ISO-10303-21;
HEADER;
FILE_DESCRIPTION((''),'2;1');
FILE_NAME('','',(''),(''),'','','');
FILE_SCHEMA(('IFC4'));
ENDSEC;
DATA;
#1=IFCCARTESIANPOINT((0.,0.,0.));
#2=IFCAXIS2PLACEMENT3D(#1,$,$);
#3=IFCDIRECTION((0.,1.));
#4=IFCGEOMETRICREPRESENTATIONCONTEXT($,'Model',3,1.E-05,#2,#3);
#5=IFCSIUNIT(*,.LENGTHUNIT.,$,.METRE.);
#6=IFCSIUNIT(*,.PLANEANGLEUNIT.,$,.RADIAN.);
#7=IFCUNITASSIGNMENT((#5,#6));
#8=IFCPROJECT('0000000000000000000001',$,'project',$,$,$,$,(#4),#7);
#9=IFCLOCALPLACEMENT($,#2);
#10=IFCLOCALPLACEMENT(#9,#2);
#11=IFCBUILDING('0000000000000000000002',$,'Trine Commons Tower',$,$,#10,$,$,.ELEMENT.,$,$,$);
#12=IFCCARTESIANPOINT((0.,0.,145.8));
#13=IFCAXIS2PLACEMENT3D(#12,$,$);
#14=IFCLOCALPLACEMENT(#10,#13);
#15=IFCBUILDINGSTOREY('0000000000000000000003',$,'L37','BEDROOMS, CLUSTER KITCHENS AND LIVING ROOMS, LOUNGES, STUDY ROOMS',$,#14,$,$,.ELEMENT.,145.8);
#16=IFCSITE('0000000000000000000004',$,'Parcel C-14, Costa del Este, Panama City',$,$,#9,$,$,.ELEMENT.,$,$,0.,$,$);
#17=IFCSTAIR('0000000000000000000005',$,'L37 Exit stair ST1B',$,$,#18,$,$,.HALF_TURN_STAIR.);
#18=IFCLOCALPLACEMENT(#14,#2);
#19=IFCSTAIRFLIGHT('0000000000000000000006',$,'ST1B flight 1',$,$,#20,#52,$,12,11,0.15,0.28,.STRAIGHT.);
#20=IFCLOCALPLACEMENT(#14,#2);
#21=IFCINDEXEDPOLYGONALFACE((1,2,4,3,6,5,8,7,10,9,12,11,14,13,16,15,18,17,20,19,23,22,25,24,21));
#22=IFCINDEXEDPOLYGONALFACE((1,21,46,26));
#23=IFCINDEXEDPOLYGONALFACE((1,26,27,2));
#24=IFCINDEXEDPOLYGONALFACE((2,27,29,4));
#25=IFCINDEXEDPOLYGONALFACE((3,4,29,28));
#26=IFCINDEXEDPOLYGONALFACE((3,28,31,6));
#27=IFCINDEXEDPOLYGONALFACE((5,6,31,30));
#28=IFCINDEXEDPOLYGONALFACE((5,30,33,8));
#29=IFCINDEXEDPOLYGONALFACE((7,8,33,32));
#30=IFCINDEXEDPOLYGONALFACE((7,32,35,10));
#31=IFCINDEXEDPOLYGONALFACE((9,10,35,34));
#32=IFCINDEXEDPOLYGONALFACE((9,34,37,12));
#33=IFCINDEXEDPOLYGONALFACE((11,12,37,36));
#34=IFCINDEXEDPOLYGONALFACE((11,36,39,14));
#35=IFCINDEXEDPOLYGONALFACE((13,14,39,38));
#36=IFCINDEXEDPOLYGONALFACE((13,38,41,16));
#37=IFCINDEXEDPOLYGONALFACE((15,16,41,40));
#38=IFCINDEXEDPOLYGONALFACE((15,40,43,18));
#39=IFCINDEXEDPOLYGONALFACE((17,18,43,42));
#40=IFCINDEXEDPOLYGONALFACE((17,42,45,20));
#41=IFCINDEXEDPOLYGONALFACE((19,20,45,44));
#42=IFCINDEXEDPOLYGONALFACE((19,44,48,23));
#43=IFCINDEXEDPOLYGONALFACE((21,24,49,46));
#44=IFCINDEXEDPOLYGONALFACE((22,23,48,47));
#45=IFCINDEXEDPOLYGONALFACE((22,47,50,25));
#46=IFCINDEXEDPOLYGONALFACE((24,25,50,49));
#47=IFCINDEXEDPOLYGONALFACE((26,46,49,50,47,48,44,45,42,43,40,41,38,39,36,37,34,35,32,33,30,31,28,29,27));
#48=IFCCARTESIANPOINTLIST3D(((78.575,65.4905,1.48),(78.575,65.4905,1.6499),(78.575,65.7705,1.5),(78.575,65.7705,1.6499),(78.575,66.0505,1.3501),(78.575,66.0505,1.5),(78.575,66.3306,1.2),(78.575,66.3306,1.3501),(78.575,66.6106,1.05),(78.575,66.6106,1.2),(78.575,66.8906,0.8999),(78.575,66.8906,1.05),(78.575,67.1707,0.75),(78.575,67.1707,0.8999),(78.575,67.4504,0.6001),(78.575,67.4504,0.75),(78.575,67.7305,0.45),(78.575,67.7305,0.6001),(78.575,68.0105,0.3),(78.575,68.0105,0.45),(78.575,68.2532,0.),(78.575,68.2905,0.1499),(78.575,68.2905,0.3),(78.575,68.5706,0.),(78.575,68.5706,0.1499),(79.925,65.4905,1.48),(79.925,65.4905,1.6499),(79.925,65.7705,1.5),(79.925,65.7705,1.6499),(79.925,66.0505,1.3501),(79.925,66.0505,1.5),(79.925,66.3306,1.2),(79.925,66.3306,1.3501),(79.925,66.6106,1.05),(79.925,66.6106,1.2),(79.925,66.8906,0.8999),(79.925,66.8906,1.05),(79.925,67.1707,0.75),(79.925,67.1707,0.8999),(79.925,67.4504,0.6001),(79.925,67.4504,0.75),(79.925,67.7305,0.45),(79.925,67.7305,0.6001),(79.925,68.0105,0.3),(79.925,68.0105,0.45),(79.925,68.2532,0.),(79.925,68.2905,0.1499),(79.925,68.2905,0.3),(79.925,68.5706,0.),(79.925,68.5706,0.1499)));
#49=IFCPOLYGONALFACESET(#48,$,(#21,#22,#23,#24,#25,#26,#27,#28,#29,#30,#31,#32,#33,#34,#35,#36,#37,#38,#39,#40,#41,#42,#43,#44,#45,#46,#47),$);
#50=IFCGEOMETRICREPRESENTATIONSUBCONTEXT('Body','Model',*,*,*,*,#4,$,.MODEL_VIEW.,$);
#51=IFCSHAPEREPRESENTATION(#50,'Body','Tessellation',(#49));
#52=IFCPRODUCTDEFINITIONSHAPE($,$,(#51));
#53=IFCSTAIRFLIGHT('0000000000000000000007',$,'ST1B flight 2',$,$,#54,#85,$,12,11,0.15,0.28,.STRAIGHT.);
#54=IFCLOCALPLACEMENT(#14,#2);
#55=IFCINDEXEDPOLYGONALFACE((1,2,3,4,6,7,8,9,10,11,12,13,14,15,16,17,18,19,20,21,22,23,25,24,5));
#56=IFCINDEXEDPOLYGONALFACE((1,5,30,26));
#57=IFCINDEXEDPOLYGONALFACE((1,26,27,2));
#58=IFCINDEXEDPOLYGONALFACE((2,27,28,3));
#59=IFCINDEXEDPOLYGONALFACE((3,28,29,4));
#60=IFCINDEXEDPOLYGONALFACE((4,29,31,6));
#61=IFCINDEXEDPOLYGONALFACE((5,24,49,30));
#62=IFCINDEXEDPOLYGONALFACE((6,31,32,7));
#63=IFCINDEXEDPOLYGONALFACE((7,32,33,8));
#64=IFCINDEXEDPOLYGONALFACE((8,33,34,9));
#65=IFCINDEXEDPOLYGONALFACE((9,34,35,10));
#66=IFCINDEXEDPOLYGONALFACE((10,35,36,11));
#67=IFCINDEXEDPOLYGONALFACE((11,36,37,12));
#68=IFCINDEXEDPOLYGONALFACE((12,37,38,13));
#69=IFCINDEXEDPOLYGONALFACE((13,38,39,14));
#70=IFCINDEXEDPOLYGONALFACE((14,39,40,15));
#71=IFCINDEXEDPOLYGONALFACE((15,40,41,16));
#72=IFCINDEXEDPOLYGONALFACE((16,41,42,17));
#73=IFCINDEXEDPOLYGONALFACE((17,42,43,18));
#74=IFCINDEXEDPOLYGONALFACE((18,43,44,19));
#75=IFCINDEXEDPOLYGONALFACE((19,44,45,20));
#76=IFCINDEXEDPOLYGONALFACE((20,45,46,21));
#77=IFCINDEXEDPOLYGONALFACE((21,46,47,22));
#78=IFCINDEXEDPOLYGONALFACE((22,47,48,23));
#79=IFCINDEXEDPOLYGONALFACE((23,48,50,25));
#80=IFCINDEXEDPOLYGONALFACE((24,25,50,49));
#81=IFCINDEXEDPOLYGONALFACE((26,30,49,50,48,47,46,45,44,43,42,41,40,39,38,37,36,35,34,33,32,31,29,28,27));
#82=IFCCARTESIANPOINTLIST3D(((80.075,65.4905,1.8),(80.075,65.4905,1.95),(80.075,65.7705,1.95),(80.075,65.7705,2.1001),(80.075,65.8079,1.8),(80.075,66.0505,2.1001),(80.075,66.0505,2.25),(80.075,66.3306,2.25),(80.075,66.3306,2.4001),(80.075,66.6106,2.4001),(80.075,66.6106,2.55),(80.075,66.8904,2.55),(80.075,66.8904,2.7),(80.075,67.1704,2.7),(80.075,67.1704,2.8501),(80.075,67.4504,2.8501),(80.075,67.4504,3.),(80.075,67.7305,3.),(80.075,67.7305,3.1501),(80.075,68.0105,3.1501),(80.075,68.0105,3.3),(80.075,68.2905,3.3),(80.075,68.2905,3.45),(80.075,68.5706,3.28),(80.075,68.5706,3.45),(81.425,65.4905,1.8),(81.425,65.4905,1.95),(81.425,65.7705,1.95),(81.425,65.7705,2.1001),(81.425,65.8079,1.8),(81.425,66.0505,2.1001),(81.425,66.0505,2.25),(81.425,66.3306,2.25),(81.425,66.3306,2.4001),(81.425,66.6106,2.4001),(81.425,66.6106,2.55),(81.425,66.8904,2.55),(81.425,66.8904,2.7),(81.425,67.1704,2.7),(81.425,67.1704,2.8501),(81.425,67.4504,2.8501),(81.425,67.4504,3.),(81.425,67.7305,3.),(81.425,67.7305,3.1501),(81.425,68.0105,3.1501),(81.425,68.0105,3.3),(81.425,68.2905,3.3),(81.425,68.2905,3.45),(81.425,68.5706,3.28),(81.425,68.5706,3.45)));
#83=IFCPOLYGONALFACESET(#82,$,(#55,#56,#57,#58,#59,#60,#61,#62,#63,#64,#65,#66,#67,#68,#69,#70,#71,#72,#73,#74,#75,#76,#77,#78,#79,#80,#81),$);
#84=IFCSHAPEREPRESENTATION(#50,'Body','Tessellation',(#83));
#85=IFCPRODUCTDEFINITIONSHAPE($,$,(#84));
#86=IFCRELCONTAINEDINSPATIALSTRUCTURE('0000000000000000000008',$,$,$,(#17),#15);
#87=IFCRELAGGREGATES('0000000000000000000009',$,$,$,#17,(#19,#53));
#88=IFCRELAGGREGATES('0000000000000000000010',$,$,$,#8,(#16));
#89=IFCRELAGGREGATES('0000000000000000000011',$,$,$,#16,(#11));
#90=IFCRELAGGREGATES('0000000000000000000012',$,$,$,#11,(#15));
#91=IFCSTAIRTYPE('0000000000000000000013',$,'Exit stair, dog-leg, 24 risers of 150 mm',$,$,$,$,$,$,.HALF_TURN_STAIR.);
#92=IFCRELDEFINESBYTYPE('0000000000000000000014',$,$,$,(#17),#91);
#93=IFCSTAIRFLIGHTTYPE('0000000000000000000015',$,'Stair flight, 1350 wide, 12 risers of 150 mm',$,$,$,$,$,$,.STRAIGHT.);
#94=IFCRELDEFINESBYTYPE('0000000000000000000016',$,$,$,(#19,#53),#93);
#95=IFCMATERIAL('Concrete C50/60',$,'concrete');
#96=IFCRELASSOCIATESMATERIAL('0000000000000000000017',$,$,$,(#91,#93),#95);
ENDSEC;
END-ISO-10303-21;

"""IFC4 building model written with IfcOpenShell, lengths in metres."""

from ifc_helpers import new_model, si_unit, direction, frame, origin, place, context, subcontext, project, spatial, polyline, outline, extrude, material, type_object, element, aggregate, save


model = new_model("IFC4")

# Units and contexts
model_context = context("Model", 3, precision=1e-05, world=origin(), true_north=direction((0.0, 1.0)))
body_context = subcontext(model_context, "Body", "Model", "MODEL_VIEW")
ifc_project = project(units=[si_unit("LENGTHUNIT", "METRE"), si_unit("PLANEANGLEUNIT", "RADIAN")], contexts=[model_context])

# Site, building, storey
site_placement = place(None, origin())
site = spatial("IfcSite", under=ifc_project, at=site_placement, Name="Parcel C-14, Costa del Este, Panama City", CompositionType="ELEMENT", RefElevation=0.0)
building_placement = place(site_placement, origin())
building = spatial("IfcBuilding", under=site, at=building_placement, Name="Trine Commons Tower", CompositionType="ELEMENT")
storey_placement = place(building_placement, frame((0.0, 0.0, 145.8)))
storey = spatial("IfcBuildingStorey", under=building, at=storey_placement, Name="L37", Description="BEDROOMS, CLUSTER KITCHENS AND LIVING ROOMS, LOUNGES, STUDY ROOMS", CompositionType="ELEMENT", Elevation=145.8)

# Stair, stair flights
ifc_material_1 = material(Name="Concrete C50/60", Category="concrete")
stair_type = type_object("IfcStairType", Name="Exit stair, dog-leg, 24 risers of 150 mm", PredefinedType="HALF_TURN_STAIR", material=ifc_material_1)
stair_placement = place(storey_placement, origin())
stair = element("IfcStair", 1, at=stair_placement, inside=storey, type_object=stair_type, Name="L37 Exit stair ST1B", PredefinedType="HALF_TURN_STAIR")
stair_flight_type = type_object("IfcStairFlightType", Name="Stair flight, 1350 wide, 12 risers of 150 mm", PredefinedType="STRAIGHT", material=ifc_material_1)
stair_flight_1_placement = place(storey_placement, frame((79.25, 68.5706, 0.0), z_axis=(0.0, 0.0, 1.0), x_axis=(0.0, -1.0, 0.0)))
stair_flight_1 = element("IfcStairFlight", 2, at=stair_flight_1_placement, type_object=stair_flight_type, Name="ST1B flight 1", NumberOfRisers=12, NumberOfTreads=11, PredefinedType="STRAIGHT", RiserHeight=0.15, TreadLength=0.28, context=body_context, shape_type="SweptSolid", body=[
    extrude(outline(polyline([(0.0, 0.0), (0.0, 0.1499), (0.28, 0.1499), (0.28, 0.3), (0.5601, 0.3), (0.5601, 0.45), (0.8401, 0.45), (0.8401, 0.6001), (1.1201, 0.6001), (1.1201, 0.75), (1.3999, 0.75), (1.3999, 0.8999), (1.6799, 0.8999), (1.6799, 1.05), (1.96, 1.05), (1.96, 1.2), (2.24, 1.2), (2.24, 1.3501), (2.52, 1.3501), (2.52, 1.5), (2.8, 1.5), (2.8, 1.6499), (3.0801, 1.6499), (3.0801, 1.8), (3.0801, 1.48), (0.3174, 0.0), (0.0, 0.0)])), frame((0.0, 0.675, 0.0), z_axis=(0.0, -1.0, 0.0), x_axis=(1.0, 0.0, 0.0)), (0.0, 0.0, 1.0), 1.3501),
])
stair_flight_2_placement = place(storey_placement, frame((80.75, 65.4905, 1.8), z_axis=(0.0, 0.0, 1.0), x_axis=(0.0, 1.0, 0.0)))
stair_flight_2 = element("IfcStairFlight", 3, at=stair_flight_2_placement, type_object=stair_flight_type, Name="ST1B flight 2", NumberOfRisers=12, NumberOfTreads=11, PredefinedType="STRAIGHT", RiserHeight=0.15, TreadLength=0.28, context=body_context, shape_type="SweptSolid", body=[
    extrude(outline(polyline([(0.0, 0.0), (0.0, 0.1499), (0.28, 0.1499), (0.28, 0.3), (0.5601, 0.3), (0.5601, 0.45), (0.8401, 0.45), (0.8401, 0.6001), (1.1201, 0.6001), (1.1201, 0.75), (1.3999, 0.75), (1.3999, 0.8999), (1.6799, 0.8999), (1.6799, 1.05), (1.96, 1.05), (1.96, 1.2), (2.24, 1.2), (2.24, 1.3501), (2.52, 1.3501), (2.52, 1.5), (2.8, 1.5), (2.8, 1.6499), (3.0801, 1.6499), (3.0801, 1.8), (3.0801, 1.48), (0.3174, 0.0), (0.0, 0.0)])), frame((0.0, 0.675, 0.0), z_axis=(0.0, -1.0, 0.0), x_axis=(1.0, 0.0, 0.0)), (0.0, 0.0, 1.0), 1.3501),
])
aggregate(stair, [stair_flight_1, stair_flight_2])

save(model, "model.ifc")
